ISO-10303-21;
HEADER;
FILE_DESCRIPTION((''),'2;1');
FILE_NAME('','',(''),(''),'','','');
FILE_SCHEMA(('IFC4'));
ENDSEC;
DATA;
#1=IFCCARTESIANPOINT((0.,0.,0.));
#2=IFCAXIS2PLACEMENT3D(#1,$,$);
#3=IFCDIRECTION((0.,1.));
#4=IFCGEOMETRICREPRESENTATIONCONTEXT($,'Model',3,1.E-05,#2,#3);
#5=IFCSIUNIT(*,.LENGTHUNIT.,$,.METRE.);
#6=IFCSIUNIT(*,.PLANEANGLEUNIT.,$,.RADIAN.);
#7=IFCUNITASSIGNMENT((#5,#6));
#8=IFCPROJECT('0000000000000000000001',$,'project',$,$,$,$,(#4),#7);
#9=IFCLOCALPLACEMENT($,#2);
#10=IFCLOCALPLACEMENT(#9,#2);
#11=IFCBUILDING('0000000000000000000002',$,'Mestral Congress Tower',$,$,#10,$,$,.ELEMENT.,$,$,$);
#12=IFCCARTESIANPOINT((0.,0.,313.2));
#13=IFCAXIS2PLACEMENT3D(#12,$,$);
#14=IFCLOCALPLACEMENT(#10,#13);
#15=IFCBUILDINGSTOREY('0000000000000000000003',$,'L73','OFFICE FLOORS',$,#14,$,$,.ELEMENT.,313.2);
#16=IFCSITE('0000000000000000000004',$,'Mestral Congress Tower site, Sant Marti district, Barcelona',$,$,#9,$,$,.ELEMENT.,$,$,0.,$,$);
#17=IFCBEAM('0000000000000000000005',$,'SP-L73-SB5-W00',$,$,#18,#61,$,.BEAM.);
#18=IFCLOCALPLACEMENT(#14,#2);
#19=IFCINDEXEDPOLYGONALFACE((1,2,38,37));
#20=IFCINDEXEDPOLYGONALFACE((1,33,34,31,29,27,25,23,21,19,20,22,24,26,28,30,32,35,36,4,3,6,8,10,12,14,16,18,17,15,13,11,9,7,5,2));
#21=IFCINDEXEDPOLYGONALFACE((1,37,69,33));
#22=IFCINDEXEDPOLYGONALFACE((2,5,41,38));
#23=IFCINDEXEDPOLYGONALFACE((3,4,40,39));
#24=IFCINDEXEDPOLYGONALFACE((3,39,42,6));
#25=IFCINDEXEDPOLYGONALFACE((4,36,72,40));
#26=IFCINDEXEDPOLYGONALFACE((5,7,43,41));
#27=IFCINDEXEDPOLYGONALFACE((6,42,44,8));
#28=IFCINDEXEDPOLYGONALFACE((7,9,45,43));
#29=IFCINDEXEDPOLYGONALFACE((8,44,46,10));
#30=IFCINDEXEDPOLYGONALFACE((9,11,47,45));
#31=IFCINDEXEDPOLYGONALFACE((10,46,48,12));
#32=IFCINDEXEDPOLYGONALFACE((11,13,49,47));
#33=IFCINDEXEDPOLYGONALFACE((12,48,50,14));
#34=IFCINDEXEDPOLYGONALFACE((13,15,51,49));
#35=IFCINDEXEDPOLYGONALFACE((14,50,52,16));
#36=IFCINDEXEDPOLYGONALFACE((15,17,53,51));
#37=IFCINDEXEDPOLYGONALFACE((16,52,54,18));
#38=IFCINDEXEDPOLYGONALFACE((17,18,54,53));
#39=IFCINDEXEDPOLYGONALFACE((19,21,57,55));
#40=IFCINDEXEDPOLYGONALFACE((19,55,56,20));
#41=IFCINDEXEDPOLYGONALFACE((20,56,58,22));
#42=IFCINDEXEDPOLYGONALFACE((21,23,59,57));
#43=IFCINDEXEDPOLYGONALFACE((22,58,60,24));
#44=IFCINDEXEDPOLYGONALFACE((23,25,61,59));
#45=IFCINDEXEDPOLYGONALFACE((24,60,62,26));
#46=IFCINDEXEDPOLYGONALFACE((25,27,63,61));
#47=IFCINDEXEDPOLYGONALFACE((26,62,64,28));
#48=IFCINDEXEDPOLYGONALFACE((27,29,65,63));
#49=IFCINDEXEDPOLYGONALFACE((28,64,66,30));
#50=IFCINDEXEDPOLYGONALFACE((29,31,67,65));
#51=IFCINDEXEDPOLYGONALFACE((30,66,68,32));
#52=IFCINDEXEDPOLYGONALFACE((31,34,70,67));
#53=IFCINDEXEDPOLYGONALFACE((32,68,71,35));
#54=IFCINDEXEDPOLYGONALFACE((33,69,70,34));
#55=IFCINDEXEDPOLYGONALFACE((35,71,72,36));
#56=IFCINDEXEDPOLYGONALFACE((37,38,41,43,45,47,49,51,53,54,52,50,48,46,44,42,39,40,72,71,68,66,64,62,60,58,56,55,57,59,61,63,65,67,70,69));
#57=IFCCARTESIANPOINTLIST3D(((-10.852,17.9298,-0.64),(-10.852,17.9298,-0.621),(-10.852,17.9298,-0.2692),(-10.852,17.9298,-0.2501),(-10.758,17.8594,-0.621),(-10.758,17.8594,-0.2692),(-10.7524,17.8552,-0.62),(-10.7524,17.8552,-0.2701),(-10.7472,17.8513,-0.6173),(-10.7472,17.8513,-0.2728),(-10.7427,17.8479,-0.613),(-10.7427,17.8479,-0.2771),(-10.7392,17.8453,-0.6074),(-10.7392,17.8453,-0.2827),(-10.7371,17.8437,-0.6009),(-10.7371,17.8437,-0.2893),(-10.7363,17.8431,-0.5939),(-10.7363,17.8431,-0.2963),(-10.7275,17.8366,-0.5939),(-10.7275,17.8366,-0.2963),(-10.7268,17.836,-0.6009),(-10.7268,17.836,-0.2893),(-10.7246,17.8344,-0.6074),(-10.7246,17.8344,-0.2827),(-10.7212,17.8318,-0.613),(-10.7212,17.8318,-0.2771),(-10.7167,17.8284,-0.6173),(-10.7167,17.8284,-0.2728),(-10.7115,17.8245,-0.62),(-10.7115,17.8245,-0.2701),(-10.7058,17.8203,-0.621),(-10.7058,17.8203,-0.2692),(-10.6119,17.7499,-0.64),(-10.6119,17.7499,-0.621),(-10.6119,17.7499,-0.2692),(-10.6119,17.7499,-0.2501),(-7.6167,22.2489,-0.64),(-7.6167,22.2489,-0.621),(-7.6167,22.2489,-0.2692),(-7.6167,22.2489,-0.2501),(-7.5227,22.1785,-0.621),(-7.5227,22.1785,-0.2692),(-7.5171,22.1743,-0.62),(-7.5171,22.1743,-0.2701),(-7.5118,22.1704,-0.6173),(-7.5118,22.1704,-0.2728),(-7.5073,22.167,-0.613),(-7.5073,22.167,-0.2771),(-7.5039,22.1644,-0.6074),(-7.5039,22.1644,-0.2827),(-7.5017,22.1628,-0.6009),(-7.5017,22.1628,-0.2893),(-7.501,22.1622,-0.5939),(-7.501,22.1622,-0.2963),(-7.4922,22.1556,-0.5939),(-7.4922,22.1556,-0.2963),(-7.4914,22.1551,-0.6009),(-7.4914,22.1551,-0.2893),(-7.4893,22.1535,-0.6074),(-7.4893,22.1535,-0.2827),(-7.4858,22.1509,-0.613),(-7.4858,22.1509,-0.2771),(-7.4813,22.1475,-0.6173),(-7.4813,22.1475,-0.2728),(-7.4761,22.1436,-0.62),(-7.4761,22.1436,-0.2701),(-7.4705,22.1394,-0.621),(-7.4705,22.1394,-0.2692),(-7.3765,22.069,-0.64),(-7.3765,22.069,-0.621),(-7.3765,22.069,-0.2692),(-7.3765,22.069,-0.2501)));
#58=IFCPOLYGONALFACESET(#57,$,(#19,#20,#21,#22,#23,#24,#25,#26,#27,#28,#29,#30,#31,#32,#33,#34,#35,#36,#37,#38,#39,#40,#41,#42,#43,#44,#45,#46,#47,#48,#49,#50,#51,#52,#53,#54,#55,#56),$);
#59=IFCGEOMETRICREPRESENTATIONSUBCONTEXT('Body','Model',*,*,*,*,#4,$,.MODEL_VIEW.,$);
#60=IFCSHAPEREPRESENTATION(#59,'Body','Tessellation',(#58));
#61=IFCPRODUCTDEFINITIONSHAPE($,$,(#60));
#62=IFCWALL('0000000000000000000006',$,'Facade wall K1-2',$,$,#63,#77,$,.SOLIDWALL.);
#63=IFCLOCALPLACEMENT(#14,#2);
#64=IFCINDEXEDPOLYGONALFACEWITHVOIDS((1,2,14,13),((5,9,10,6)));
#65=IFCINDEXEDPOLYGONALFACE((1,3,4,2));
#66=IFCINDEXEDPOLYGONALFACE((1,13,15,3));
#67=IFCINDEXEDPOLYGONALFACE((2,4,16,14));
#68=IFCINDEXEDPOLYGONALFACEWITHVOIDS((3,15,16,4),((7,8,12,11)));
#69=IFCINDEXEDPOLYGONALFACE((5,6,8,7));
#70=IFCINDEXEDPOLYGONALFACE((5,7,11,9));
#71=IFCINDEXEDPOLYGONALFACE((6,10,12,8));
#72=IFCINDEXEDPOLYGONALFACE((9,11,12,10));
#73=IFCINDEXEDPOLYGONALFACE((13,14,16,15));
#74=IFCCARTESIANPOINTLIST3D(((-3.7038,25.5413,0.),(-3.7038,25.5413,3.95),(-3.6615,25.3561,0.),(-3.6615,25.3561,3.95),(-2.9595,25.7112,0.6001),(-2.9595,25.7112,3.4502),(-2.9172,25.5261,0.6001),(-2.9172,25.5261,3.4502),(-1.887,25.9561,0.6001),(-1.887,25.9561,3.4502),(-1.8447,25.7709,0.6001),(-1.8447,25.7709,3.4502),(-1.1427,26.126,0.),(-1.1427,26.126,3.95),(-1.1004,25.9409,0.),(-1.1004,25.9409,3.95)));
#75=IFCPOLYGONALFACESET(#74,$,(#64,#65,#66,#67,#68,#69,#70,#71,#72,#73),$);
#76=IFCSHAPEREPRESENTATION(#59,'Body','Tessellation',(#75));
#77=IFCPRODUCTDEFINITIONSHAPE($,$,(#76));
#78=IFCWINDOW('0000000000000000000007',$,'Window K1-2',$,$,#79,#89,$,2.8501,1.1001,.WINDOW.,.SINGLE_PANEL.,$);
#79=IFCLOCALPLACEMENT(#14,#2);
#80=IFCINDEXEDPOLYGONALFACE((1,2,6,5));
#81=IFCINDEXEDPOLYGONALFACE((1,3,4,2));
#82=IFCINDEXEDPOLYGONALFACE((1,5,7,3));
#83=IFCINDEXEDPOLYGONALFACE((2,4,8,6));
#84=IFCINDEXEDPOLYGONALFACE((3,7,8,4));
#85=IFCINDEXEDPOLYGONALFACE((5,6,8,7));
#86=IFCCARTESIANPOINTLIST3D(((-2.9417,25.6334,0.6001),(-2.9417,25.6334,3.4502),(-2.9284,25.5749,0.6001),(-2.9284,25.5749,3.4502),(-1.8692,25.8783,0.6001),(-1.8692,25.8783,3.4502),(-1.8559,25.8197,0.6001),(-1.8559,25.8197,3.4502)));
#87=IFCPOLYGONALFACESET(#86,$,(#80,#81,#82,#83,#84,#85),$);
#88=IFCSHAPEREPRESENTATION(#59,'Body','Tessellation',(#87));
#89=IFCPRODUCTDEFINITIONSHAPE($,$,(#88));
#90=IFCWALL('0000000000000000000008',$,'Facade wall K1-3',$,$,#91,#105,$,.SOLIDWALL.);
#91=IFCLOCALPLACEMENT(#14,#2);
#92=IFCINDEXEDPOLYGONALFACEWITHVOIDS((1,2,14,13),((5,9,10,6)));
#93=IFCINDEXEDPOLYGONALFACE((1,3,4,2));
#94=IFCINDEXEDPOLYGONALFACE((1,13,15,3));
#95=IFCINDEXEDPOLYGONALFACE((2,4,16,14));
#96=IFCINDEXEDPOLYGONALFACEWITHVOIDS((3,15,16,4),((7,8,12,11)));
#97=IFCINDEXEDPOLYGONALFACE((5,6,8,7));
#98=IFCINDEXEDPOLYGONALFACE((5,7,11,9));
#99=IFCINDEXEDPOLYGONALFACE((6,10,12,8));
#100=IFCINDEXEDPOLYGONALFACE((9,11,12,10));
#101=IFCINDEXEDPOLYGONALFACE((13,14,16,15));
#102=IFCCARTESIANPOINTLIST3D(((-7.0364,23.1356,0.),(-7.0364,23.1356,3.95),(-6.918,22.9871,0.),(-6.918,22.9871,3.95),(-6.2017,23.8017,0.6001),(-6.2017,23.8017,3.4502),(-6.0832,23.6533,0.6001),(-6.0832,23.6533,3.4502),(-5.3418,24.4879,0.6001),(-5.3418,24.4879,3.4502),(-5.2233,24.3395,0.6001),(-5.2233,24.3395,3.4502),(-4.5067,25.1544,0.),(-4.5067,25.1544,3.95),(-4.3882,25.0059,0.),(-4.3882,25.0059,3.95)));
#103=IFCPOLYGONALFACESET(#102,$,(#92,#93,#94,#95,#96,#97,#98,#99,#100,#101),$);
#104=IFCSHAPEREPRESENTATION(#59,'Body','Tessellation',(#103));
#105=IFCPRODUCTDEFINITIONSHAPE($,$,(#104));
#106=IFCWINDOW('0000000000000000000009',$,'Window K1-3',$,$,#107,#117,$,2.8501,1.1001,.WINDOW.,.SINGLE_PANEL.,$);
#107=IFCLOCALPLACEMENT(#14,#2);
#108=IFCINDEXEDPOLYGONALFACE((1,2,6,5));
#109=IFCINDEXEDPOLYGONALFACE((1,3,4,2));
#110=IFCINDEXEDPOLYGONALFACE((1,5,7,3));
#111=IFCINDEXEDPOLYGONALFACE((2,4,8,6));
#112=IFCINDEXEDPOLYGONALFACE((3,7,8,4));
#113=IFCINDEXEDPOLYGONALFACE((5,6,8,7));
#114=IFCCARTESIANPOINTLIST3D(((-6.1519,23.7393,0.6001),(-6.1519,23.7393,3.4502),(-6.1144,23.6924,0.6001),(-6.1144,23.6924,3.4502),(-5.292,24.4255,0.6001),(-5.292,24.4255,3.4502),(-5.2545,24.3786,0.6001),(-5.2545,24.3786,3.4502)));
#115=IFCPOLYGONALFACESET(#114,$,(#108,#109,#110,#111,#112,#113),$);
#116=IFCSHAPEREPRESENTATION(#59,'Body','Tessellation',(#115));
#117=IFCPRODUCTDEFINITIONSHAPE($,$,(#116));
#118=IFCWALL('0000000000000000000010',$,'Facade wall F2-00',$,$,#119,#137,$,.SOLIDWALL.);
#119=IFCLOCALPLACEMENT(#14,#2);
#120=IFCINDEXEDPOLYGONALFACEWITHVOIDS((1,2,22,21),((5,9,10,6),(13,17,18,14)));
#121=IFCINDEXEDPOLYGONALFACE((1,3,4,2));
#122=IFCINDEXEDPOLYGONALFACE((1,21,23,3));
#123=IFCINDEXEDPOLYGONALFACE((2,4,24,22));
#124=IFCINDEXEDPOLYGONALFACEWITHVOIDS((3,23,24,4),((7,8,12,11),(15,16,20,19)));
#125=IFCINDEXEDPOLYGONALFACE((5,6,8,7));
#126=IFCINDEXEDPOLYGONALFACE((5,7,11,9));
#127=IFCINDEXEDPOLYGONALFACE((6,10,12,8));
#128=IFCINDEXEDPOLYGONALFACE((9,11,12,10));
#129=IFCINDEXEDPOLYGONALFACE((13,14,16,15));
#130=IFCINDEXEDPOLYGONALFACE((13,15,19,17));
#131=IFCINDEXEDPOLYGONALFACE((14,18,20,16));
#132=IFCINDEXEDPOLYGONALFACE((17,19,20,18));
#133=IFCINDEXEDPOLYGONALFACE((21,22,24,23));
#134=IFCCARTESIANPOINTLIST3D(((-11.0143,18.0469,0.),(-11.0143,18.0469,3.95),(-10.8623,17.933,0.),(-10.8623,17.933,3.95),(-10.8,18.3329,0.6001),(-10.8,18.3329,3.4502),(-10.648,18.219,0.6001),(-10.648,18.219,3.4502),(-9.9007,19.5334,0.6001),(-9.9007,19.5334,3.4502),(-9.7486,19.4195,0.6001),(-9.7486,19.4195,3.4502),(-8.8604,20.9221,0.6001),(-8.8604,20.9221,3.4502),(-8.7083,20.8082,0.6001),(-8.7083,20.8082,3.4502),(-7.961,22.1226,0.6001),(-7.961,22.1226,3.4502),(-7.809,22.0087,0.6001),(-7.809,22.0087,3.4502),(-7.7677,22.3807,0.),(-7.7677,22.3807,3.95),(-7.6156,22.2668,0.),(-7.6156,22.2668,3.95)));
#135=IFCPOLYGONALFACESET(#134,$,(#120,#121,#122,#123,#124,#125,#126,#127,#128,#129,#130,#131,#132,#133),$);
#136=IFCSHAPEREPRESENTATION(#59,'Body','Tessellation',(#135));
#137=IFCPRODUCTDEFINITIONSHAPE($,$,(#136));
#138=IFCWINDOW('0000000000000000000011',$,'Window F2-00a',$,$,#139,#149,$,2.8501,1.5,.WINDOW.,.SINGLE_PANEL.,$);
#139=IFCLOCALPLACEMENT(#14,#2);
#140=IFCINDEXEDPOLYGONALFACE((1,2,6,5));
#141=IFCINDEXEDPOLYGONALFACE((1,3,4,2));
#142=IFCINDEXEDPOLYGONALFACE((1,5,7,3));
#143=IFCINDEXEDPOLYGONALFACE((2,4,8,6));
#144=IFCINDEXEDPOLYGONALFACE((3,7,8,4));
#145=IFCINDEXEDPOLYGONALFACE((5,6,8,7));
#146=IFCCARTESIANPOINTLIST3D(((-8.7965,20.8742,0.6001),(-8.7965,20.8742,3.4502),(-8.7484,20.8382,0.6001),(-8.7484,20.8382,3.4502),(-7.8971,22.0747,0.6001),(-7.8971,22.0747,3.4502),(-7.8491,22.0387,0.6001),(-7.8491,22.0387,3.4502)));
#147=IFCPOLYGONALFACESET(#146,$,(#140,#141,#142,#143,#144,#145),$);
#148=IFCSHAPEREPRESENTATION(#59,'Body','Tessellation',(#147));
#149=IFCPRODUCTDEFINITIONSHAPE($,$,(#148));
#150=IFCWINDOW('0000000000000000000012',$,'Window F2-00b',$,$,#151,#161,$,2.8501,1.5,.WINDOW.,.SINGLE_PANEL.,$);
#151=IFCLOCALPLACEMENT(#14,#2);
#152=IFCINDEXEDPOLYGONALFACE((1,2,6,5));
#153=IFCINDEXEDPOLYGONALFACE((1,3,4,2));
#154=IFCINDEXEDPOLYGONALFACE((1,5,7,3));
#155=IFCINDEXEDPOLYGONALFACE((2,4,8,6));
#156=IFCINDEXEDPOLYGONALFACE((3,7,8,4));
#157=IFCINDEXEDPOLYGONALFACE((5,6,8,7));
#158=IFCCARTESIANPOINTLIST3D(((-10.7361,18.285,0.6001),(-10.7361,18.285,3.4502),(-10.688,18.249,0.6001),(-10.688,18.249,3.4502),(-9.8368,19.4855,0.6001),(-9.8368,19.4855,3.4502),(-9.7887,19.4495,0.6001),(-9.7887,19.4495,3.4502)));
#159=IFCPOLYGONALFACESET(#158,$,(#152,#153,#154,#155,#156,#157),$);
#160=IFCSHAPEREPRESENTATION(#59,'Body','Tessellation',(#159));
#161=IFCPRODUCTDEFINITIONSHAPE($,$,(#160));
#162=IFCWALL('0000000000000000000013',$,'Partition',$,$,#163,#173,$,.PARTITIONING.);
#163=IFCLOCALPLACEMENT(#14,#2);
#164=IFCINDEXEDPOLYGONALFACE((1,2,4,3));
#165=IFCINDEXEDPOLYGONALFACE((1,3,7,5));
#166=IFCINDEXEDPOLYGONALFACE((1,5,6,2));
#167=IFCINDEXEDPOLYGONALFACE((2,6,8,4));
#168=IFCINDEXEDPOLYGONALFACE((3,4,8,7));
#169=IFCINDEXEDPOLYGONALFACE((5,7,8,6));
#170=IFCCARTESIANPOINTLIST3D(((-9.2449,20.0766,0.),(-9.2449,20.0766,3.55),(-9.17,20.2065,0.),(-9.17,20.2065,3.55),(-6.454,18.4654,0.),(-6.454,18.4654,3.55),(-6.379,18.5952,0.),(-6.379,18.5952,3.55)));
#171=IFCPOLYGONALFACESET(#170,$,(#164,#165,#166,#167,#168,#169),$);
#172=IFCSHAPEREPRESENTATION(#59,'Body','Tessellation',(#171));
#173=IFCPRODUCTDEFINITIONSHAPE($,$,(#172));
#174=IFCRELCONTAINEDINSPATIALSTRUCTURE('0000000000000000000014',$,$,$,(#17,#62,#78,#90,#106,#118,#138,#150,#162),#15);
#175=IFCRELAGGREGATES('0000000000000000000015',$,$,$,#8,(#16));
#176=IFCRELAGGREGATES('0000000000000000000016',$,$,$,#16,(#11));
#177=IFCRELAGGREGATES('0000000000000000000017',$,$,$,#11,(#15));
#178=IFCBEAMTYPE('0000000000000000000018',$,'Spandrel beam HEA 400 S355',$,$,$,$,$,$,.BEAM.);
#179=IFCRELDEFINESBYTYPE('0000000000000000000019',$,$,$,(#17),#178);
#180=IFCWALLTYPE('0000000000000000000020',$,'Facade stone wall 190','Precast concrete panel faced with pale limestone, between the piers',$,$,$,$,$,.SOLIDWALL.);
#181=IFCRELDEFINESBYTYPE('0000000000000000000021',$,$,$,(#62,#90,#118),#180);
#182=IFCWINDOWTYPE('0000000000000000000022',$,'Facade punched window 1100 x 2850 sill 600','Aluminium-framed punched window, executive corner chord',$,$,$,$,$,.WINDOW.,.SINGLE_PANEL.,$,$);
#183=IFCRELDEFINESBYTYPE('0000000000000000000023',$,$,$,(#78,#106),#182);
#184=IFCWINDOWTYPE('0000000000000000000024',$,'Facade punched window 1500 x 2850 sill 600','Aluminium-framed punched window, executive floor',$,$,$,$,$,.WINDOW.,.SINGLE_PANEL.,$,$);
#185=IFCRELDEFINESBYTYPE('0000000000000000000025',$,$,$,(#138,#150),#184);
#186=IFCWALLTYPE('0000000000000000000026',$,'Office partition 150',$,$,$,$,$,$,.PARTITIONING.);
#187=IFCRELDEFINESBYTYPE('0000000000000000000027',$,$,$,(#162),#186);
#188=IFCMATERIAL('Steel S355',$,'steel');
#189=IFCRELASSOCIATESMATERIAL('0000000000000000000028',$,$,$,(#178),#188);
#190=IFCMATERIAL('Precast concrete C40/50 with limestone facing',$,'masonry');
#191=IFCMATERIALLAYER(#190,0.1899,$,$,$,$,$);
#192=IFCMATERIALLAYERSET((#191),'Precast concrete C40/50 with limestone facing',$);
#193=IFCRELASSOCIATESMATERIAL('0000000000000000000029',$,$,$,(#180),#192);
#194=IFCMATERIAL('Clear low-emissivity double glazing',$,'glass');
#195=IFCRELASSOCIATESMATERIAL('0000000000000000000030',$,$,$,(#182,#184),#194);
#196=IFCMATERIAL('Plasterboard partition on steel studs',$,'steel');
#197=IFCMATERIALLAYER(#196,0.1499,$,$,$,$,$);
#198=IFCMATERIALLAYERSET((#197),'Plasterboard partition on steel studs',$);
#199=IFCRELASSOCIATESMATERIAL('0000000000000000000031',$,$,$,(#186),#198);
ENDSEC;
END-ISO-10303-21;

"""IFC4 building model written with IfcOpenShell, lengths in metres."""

from ifc_helpers import new_model, si_unit, direction, frame, frame_2d, origin, origin_2d, place, context, subcontext, project, spatial, rectangle, i_section, extrude, material, layer, layer_set, material_profile, profile_set, type_object, element, fill, save


model = new_model("IFC4")

# Units and contexts
model_context = context("Model", 3, precision=1e-05, world=origin(), true_north=direction((0.0, 1.0)))
body_context = subcontext(model_context, "Body", "Model", "MODEL_VIEW")
ifc_project = project(units=[si_unit("LENGTHUNIT", "METRE"), si_unit("PLANEANGLEUNIT", "RADIAN")], contexts=[model_context])

# Site, building, storey
site_placement = place(None, origin())
site = spatial("IfcSite", under=ifc_project, at=site_placement, Name="Mestral Congress Tower site, Sant Marti district, Barcelona", CompositionType="ELEMENT", RefElevation=0.0)
building_placement = place(site_placement, origin())
building = spatial("IfcBuilding", under=site, at=building_placement, Name="Mestral Congress Tower", CompositionType="ELEMENT")
storey_placement = place(building_placement, frame((0.0, 0.0, 313.2)))
storey = spatial("IfcBuildingStorey", under=building, at=storey_placement, Name="L73", Description="OFFICE FLOORS", CompositionType="ELEMENT", Elevation=313.2)

# Beam
ifc_material_1 = material(Name="Steel S355", Category="steel")
ifc_material_profile_1 = material_profile(ifc_material_1, i_section(OverallWidth=0.3, OverallDepth=0.3899, WebThickness=0.011, FlangeThickness=0.019, FilletRadius=0.0271, at=origin_2d()), Name="HEA 400")
ifc_profile_set_1 = profile_set([ifc_material_profile_1], Name="Steel S355")
beam_type_1 = type_object("IfcBeamType", Name="Spandrel beam HEA 400 S355", PredefinedType="BEAM", material=ifc_profile_set_1)
beam_1_placement = place(storey_placement, frame((-7.4966, 22.1589, -0.4451), z_axis=(-0.599529, -0.800353, 0.0), x_axis=(0.800353, -0.599529, 0.0)))
element("IfcBeam", 1, at=beam_1_placement, inside=storey, type_object=beam_type_1, Name="SP-L73-SB5-W00", PredefinedType="BEAM", context=body_context, shape_type="SweptSolid", body=[
    extrude(i_section(OverallWidth=0.3, OverallDepth=0.3899, WebThickness=0.011, FlangeThickness=0.019, FilletRadius=0.0271, at=origin_2d()), origin(), (0.0, 0.0, 1.0), 5.3965),
])

# Walls, openings, windows
ifc_material_2 = material(Name="Precast concrete C40/50 with limestone facing", Category="masonry")
ifc_layer_1 = layer(ifc_material_2, 0.1899)
ifc_layer_set_1 = layer_set([ifc_layer_1], Name="Precast concrete C40/50 with limestone facing")
wall_type_1 = type_object("IfcWallType", Name="Facade stone wall 190", Description="Precast concrete panel faced with pale limestone, between the piers", PredefinedType="SOLIDWALL", material=ifc_layer_set_1)
wall_1_placement = place(storey_placement, frame((-1.1216, 26.0334, 0.0), z_axis=(0.0, 0.0, 1.0), x_axis=(-0.974913, -0.222585, 0.0)))
wall_1 = element("IfcWall", 2, at=wall_1_placement, inside=storey, type_object=wall_type_1, Name="Facade wall K1-2", PredefinedType="SOLIDWALL", context=body_context, shape_type="SweptSolid", body=[
    extrude(rectangle(XDim=2.627, YDim=0.1899, at=frame_2d((1.3135, 0.0))), origin(), (0.0, 0.0, 1.0), 3.95),
])
opening_1_placement = place(wall_1_placement, frame((0.7634, 0.0, 0.6001)))
opening_1 = element("IfcOpeningElement", 3, at=opening_1_placement, cuts=wall_1, PredefinedType="OPENING", context=body_context, shape_type="SweptSolid", body=[
    extrude(rectangle(XDim=1.1001, YDim=2.8501, at=frame_2d((0.55, 1.425))), frame((0.0, 0.105, 0.0), z_axis=(0.0, -1.0, 0.0), x_axis=(1.0, 0.0, 0.0)), (0.0, 0.0, 1.0), 0.21),
])
ifc_material_3 = material(Name="Clear low-emissivity double glazing", Category="glass")
window_type_1 = type_object("IfcWindowType", Name="Facade punched window 1100 x 2850 sill 600", Description="Aluminium-framed punched window, executive corner chord", PartitioningType="SINGLE_PANEL", PredefinedType="WINDOW", material=ifc_material_3)
window_1_placement = place(opening_1_placement, origin())
window_1 = element("IfcWindow", 4, at=window_1_placement, inside=storey, type_object=window_type_1, Name="Window K1-2", OverallHeight=2.8501, OverallWidth=1.1001, PartitioningType="SINGLE_PANEL", PredefinedType="WINDOW", context=body_context, shape_type="SweptSolid", body=[
    extrude(rectangle(XDim=1.1001, YDim=2.8501, at=frame_2d((0.55, 1.425))), frame((0.0, 0.0449, 0.0), z_axis=(0.0, -1.0, 0.0), x_axis=(1.0, 0.0, 0.0)), (0.0, 0.0, 1.0), 0.0601),
])
fill(opening_1, window_1)
wall_2_placement = place(storey_placement, frame((-4.4475, 25.0801, 0.0), z_axis=(0.0, 0.0, 1.0), x_axis=(-0.781626, -0.623747, 0.0)))
wall_2 = element("IfcWall", 5, at=wall_2_placement, inside=storey, type_object=wall_type_1, Name="Facade wall K1-3", PredefinedType="SOLIDWALL", context=body_context, shape_type="SweptSolid", body=[
    extrude(rectangle(XDim=3.2366, YDim=0.1899, at=frame_2d((1.6182, 0.0))), origin(), (0.0, 0.0, 1.0), 3.95),
])
opening_2_placement = place(wall_2_placement, frame((1.0684, 0.0, 0.6001)))
opening_2 = element("IfcOpeningElement", 6, at=opening_2_placement, cuts=wall_2, PredefinedType="OPENING", context=body_context, shape_type="SweptSolid", body=[
    extrude(rectangle(XDim=1.1001, YDim=2.8501, at=frame_2d((0.55, 1.425))), frame((0.0, 0.105, 0.0), z_axis=(0.0, -1.0, 0.0), x_axis=(1.0, 0.0, 0.0)), (0.0, 0.0, 1.0), 0.21),
])
window_2_placement = place(opening_2_placement, origin())
window_2 = element("IfcWindow", 7, at=window_2_placement, inside=storey, type_object=window_type_1, Name="Window K1-3", OverallHeight=2.8501, OverallWidth=1.1001, PartitioningType="SINGLE_PANEL", PredefinedType="WINDOW", context=body_context, shape_type="SweptSolid", body=[
    extrude(rectangle(XDim=1.1001, YDim=2.8501, at=frame_2d((0.55, 1.425))), frame((0.0, 0.0449, 0.0), z_axis=(0.0, -1.0, 0.0), x_axis=(1.0, 0.0, 0.0)), (0.0, 0.0, 1.0), 0.0601),
])
fill(opening_2, window_2)

# Wall, openings, windows
wall_3_placement = place(storey_placement, frame((-7.6917, 22.3237, 0.0), z_axis=(0.0, 0.0, 1.0), x_axis=(-0.59956, -0.80033, 0.0)))
wall_3 = element("IfcWall", 8, at=wall_3_placement, inside=storey, type_object=wall_type_1, Name="Facade wall F2-00", PredefinedType="SOLIDWALL", context=body_context, shape_type="SweptSolid", body=[
    extrude(rectangle(XDim=5.415, YDim=0.1899, at=frame_2d((2.7075, 0.0))), origin(), (0.0, 0.0, 1.0), 3.95),
])
opening_3_placement = place(wall_3_placement, frame((0.3225, 0.0, 0.6001)))
opening_3 = element("IfcOpeningElement", 9, at=opening_3_placement, cuts=wall_3, PredefinedType="OPENING", context=body_context, shape_type="SweptSolid", body=[
    extrude(rectangle(XDim=1.5, YDim=2.8501, at=frame_2d((0.75, 1.425))), frame((0.0, 0.105, 0.0), z_axis=(0.0, -1.0, 0.0), x_axis=(1.0, 0.0, 0.0)), (0.0, 0.0, 1.0), 0.21),
])
opening_4_placement = place(wall_3_placement, frame((3.5576, 0.0, 0.6001)))
opening_4 = element("IfcOpeningElement", 10, at=opening_4_placement, cuts=wall_3, PredefinedType="OPENING", context=body_context, shape_type="SweptSolid", body=[
    extrude(rectangle(XDim=1.5, YDim=2.8501, at=frame_2d((0.75, 1.425))), frame((0.0, 0.105, 0.0), z_axis=(0.0, -1.0, 0.0), x_axis=(1.0, 0.0, 0.0)), (0.0, 0.0, 1.0), 0.21),
])
window_type_2 = type_object("IfcWindowType", Name="Facade punched window 1500 x 2850 sill 600", Description="Aluminium-framed punched window, executive floor", PartitioningType="SINGLE_PANEL", PredefinedType="WINDOW", material=ifc_material_3)
window_3_placement = place(opening_3_placement, origin())
window_3 = element("IfcWindow", 11, at=window_3_placement, inside=storey, type_object=window_type_2, Name="Window F2-00a", OverallHeight=2.8501, OverallWidth=1.5, PartitioningType="SINGLE_PANEL", PredefinedType="WINDOW", context=body_context, shape_type="SweptSolid", body=[
    extrude(rectangle(XDim=1.5, YDim=2.8501, at=frame_2d((0.75, 1.425))), frame((0.0, 0.0449, 0.0), z_axis=(0.0, -1.0, 0.0), x_axis=(1.0, 0.0, 0.0)), (0.0, 0.0, 1.0), 0.0601),
])
fill(opening_3, window_3)
window_4_placement = place(opening_4_placement, origin())
window_4 = element("IfcWindow", 12, at=window_4_placement, inside=storey, type_object=window_type_2, Name="Window F2-00b", OverallHeight=2.8501, OverallWidth=1.5, PartitioningType="SINGLE_PANEL", PredefinedType="WINDOW", context=body_context, shape_type="SweptSolid", body=[
    extrude(rectangle(XDim=1.5, YDim=2.8501, at=frame_2d((0.75, 1.425))), frame((0.0, 0.0449, 0.0), z_axis=(0.0, -1.0, 0.0), x_axis=(1.0, 0.0, 0.0)), (0.0, 0.0, 1.0), 0.0601),
])
fill(opening_4, window_4)

# Wall
ifc_material_4 = material(Name="Plasterboard partition on steel studs", Category="steel")
ifc_layer_2 = layer(ifc_material_4, 0.1499)
ifc_layer_set_2 = layer_set([ifc_layer_2], Name="Plasterboard partition on steel studs")
wall_type_2 = type_object("IfcWallType", Name="Office partition 150", PredefinedType="PARTITIONING", material=ifc_layer_set_2)
wall_4_placement = place(storey_placement, frame((-6.4165, 18.5303, 0.0), z_axis=(0.0, 0.0, 1.0), x_axis=(-0.866034, 0.499985, 0.0)))
element("IfcWall", 13, at=wall_4_placement, inside=storey, type_object=wall_type_2, Name="Partition", PredefinedType="PARTITIONING", context=body_context, shape_type="SweptSolid", body=[
    extrude(rectangle(XDim=3.2227, YDim=0.1499, at=frame_2d((1.6113, 0.0))), origin(), (0.0, 0.0, 1.0), 3.55),
])

save(model, "model.ifc")
